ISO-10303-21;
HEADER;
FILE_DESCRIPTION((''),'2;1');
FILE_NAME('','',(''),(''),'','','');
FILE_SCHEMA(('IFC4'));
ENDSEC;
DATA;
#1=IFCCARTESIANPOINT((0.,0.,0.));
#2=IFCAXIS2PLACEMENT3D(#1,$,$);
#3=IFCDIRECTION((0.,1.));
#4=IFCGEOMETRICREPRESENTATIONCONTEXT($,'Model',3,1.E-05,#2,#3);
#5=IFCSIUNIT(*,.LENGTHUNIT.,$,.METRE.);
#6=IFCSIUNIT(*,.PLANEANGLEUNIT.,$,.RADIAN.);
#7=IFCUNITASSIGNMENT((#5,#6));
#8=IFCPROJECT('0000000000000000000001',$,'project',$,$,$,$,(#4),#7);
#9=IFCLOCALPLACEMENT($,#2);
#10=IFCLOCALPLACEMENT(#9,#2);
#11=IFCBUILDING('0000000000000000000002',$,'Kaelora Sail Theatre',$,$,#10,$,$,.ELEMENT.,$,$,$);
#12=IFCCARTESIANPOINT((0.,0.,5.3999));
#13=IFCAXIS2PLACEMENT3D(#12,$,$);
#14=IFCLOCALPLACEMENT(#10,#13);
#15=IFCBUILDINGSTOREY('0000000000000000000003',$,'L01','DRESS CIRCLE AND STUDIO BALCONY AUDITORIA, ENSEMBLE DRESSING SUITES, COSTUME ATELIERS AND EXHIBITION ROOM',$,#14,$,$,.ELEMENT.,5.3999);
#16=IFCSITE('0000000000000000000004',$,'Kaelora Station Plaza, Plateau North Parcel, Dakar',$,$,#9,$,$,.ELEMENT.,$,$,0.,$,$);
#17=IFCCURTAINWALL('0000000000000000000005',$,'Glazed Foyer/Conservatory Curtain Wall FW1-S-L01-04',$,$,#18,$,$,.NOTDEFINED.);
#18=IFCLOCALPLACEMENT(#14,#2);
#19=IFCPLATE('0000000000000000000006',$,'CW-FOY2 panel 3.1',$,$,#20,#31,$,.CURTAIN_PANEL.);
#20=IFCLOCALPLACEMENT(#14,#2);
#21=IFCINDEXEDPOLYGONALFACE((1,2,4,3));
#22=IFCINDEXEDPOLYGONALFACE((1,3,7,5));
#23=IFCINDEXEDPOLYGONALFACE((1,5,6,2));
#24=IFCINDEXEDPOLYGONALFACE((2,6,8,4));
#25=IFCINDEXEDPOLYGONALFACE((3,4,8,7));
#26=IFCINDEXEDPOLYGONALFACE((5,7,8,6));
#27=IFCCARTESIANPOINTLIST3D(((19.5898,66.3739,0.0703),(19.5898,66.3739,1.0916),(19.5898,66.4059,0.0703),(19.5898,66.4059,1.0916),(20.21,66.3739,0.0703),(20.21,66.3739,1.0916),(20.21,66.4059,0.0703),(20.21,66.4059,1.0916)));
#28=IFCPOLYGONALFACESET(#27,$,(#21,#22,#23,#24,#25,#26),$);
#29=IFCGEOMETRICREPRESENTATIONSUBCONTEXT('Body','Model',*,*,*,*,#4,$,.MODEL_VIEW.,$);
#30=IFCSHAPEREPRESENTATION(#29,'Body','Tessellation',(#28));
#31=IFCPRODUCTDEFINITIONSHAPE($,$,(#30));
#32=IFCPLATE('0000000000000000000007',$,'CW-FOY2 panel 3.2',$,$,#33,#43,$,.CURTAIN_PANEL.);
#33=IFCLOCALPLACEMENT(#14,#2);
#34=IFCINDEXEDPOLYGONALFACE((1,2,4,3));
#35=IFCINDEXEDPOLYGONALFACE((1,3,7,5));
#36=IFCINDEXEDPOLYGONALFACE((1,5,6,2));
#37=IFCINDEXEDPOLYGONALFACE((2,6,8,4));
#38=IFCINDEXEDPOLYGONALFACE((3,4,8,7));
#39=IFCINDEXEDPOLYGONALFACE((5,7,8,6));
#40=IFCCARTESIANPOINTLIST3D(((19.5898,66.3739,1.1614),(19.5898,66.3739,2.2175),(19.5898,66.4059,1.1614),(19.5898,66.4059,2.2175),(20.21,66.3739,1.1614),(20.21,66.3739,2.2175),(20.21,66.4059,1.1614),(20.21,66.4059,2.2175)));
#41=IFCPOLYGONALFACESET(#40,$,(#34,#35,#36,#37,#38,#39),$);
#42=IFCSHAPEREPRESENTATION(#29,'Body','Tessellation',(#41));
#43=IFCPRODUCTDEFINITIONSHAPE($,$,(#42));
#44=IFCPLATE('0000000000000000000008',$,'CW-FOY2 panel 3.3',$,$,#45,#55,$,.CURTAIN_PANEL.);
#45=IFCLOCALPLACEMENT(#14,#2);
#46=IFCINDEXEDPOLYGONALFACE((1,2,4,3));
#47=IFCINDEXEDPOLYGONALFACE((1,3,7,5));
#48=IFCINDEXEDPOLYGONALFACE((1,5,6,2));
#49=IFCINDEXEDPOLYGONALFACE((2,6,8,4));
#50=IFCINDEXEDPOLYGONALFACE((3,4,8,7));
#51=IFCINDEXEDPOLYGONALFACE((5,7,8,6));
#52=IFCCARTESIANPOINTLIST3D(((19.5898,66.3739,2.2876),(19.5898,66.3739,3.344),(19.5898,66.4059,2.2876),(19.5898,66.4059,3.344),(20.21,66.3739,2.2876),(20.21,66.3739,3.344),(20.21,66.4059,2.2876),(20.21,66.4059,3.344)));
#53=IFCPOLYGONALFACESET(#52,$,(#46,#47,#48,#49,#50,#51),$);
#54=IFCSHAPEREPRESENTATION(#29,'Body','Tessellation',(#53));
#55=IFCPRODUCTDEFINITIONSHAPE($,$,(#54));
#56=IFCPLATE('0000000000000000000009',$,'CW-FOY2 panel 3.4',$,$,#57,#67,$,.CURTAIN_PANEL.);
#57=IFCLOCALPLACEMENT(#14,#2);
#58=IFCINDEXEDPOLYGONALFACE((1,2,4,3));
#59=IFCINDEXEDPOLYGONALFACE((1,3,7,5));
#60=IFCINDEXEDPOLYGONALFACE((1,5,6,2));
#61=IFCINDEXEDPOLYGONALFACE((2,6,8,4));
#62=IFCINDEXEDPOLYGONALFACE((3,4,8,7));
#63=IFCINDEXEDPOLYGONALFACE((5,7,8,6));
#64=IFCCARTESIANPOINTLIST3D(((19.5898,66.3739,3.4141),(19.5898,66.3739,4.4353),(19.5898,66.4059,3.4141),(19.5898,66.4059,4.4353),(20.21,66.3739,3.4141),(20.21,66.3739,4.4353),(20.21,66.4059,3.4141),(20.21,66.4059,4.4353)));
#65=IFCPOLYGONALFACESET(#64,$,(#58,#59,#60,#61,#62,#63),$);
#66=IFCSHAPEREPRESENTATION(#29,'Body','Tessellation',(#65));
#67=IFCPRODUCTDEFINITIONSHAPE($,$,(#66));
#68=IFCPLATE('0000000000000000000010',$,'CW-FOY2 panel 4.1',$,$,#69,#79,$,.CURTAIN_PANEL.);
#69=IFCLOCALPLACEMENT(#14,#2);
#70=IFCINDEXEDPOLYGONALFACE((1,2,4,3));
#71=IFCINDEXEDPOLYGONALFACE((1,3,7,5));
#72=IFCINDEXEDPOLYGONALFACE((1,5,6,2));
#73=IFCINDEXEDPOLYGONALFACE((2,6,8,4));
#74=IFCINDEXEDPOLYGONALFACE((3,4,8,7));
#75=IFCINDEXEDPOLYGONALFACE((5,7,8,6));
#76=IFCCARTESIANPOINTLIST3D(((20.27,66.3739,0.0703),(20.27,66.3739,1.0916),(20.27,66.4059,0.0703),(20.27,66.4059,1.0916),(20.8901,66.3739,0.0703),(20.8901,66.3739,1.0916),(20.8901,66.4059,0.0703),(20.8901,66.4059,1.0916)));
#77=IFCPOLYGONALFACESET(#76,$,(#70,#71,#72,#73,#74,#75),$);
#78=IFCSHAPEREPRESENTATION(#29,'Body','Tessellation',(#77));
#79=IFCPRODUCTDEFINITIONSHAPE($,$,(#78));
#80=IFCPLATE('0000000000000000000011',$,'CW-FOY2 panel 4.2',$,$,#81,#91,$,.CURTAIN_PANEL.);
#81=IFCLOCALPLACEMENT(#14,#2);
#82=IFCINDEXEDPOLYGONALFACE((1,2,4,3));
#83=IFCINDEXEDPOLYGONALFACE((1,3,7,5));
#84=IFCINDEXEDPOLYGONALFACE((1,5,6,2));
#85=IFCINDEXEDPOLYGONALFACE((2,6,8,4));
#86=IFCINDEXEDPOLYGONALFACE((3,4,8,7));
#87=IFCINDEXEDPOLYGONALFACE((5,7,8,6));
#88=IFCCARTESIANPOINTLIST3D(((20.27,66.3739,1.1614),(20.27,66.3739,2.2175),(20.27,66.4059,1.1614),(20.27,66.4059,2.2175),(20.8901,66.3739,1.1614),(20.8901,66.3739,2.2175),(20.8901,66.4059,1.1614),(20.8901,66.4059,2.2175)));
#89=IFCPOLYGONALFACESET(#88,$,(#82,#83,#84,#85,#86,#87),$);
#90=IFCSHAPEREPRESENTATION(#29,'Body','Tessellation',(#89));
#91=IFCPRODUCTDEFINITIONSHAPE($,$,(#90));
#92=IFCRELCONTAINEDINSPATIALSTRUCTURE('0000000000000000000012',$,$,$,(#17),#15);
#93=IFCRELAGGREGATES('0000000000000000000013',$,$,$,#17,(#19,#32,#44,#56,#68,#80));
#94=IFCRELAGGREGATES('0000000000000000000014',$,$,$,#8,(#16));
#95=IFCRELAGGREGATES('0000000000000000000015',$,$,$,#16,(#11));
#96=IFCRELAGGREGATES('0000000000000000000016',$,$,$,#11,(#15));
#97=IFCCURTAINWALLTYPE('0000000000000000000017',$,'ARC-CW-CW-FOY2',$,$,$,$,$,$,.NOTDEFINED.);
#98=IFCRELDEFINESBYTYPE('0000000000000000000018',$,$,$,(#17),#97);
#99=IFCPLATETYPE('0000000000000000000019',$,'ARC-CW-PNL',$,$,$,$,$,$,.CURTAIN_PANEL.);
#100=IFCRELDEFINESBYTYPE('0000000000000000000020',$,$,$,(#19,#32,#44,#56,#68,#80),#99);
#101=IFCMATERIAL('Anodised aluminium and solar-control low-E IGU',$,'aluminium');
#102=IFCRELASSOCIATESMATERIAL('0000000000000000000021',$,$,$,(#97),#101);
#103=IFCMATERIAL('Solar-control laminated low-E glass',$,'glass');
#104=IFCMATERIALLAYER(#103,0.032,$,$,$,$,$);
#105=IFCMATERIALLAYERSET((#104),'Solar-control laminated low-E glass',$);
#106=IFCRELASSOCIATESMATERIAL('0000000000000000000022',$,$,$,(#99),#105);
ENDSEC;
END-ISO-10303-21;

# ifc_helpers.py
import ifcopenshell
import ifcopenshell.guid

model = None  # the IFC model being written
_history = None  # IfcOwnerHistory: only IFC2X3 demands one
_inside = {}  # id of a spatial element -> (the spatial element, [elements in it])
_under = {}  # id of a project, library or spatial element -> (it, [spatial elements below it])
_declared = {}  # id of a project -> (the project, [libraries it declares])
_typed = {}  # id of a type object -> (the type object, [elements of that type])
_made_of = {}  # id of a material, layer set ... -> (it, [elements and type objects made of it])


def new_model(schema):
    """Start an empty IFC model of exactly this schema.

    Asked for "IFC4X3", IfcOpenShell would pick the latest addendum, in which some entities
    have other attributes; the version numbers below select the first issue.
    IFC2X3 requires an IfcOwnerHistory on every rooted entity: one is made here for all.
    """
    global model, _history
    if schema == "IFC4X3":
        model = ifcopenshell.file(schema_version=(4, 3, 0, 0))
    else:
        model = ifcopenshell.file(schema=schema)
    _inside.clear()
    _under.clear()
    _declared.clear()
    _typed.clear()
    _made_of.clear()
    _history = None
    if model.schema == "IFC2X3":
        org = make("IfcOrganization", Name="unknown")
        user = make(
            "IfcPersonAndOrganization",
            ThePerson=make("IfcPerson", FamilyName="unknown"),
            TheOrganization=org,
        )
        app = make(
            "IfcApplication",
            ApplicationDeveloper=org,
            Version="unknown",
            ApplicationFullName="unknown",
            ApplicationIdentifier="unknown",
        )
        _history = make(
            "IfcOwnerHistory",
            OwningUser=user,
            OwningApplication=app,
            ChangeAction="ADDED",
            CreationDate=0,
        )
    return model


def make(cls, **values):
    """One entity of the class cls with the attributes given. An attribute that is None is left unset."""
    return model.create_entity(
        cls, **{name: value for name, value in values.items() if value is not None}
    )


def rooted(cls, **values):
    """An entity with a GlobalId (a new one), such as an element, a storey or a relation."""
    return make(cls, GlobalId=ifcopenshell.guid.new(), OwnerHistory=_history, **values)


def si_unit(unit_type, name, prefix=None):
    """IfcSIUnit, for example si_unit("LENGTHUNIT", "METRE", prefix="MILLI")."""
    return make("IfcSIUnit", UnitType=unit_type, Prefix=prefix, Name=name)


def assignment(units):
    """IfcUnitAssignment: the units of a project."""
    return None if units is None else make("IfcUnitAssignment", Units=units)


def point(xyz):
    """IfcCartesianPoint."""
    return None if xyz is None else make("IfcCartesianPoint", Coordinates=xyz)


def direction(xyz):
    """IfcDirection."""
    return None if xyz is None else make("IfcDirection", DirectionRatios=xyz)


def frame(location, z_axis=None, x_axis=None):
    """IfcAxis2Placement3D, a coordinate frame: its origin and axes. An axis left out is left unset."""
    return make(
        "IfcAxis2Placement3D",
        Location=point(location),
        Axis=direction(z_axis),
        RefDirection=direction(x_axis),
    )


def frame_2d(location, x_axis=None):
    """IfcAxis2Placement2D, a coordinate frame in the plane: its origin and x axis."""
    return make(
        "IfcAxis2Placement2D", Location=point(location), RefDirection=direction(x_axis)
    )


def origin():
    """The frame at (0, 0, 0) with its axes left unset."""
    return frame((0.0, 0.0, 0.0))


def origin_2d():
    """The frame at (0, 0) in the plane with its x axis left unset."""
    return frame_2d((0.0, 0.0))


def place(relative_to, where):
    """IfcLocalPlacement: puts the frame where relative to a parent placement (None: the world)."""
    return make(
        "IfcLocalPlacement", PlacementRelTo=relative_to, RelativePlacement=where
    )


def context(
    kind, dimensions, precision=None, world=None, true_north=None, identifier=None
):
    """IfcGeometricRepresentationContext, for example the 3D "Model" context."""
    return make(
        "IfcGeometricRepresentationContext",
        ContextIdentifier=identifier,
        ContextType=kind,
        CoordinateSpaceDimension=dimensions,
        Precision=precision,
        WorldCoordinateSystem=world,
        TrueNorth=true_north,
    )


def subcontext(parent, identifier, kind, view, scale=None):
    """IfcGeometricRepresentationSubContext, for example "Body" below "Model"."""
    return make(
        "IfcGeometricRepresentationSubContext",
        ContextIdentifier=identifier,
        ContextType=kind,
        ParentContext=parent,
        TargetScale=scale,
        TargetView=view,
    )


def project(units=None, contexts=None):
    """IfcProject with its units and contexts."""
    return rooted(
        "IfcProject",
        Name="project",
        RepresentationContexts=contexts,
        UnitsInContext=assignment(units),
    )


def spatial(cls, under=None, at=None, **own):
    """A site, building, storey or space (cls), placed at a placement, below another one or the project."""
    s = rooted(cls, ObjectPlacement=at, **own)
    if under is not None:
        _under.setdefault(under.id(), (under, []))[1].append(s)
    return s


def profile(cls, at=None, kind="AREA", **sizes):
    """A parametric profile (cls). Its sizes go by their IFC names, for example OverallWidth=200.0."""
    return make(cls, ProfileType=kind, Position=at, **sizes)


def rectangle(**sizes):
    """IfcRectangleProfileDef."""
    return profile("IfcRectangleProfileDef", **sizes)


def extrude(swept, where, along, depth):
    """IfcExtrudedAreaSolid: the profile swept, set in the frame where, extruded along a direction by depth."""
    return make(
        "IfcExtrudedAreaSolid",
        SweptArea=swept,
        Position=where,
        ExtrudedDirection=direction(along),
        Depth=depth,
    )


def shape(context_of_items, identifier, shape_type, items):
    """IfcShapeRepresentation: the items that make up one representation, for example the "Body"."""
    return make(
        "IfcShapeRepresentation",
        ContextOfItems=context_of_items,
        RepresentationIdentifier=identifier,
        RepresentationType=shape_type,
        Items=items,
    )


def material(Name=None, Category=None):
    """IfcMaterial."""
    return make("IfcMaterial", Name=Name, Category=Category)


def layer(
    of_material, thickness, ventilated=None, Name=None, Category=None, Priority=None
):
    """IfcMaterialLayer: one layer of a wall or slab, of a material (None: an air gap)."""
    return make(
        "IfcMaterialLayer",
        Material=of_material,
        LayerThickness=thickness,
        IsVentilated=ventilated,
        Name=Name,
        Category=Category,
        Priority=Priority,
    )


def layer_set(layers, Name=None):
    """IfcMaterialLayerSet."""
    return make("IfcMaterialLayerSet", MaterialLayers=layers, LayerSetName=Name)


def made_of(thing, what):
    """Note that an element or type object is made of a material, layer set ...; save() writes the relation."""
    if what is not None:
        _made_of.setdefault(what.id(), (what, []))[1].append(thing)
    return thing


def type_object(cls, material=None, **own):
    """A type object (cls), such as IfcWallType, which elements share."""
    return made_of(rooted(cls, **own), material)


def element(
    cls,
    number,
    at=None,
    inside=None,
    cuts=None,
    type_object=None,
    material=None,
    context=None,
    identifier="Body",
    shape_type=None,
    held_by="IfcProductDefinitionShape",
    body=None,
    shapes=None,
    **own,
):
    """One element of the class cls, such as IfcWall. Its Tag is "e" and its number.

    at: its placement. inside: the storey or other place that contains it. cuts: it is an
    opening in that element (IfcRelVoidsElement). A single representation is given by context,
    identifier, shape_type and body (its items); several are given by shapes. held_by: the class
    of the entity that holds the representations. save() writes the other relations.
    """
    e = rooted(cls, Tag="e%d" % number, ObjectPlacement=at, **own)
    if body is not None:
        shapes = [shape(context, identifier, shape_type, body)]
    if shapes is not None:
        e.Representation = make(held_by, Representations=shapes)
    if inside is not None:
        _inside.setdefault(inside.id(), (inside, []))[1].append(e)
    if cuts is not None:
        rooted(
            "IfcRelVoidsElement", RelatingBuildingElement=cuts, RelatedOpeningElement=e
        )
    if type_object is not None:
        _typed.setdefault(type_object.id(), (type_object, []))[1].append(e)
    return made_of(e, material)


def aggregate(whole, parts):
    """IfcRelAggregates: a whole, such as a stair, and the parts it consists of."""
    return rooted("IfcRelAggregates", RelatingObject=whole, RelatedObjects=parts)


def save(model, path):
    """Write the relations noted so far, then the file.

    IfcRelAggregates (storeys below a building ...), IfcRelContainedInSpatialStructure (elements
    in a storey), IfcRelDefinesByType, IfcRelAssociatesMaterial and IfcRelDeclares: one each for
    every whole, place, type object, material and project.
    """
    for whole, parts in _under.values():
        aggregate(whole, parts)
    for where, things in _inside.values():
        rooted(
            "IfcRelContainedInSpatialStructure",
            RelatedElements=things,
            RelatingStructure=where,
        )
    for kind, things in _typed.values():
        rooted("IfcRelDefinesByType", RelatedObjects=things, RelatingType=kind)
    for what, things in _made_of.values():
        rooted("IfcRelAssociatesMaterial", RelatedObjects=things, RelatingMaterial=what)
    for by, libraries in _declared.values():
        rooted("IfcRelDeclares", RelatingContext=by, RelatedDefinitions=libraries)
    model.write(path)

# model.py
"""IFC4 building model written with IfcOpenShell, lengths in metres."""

from ifc_helpers import new_model, si_unit, direction, frame, origin, origin_2d, place, context, subcontext, project, spatial, rectangle, extrude, material, layer, layer_set, type_object, element, aggregate, save


model = new_model("IFC4")

# Units and contexts
model_context = context("Model", 3, precision=1e-05, world=origin(), true_north=direction((0.0, 1.0)))
body_context = subcontext(model_context, "Body", "Model", "MODEL_VIEW")
ifc_project = project(units=[si_unit("LENGTHUNIT", "METRE"), si_unit("PLANEANGLEUNIT", "RADIAN")], contexts=[model_context])

# Site, building, storey
site_placement = place(None, origin())
site = spatial("IfcSite", under=ifc_project, at=site_placement, Name="Kaelora Station Plaza, Plateau North Parcel, Dakar", CompositionType="ELEMENT", RefElevation=0.0)
building_placement = place(site_placement, origin())
building = spatial("IfcBuilding", under=site, at=building_placement, Name="Kaelora Sail Theatre", CompositionType="ELEMENT")
storey_placement = place(building_placement, frame((0.0, 0.0, 5.3999)))
storey = spatial("IfcBuildingStorey", under=building, at=storey_placement, Name="L01", Description="DRESS CIRCLE AND STUDIO BALCONY AUDITORIA, ENSEMBLE DRESSING SUITES, COSTUME ATELIERS AND EXHIBITION ROOM", CompositionType="ELEMENT", Elevation=5.3999)

# Curtain wall, plates
ifc_material_1 = material(Name="Anodised aluminium and solar-control low-E IGU", Category="aluminium")
curtain_wall_type = type_object("IfcCurtainWallType", Name="ARC-CW-CW-FOY2", PredefinedType="NOTDEFINED", material=ifc_material_1)
curtain_wall_placement = place(storey_placement, origin())
curtain_wall = element("IfcCurtainWall", 1, at=curtain_wall_placement, inside=storey, type_object=curtain_wall_type, Name="Glazed Foyer/Conservatory Curtain Wall FW1-S-L01-04", PredefinedType="NOTDEFINED")
ifc_material_2 = material(Name="Solar-control laminated low-E glass", Category="glass")
ifc_layer = layer(ifc_material_2, 0.032)
ifc_layer_set = layer_set([ifc_layer], Name="Solar-control laminated low-E glass")
plate_type = type_object("IfcPlateType", Name="ARC-CW-PNL", PredefinedType="CURTAIN_PANEL", material=ifc_layer_set)
plate_1_placement = place(storey_placement, frame((19.8999, 66.3899, 0.0703), z_axis=(0.0, 0.0, 1.0), x_axis=(1.0, 0.0, 0.0)))
plate_1 = element("IfcPlate", 2, at=plate_1_placement, type_object=plate_type, Name="CW-FOY2 panel 3.1", PredefinedType="CURTAIN_PANEL", context=body_context, shape_type="SweptSolid", body=[
    extrude(rectangle(XDim=0.6201, YDim=0.032, at=origin_2d()), origin(), (0.0, 0.0, 1.0), 1.0212),
])
plate_2_placement = place(storey_placement, frame((19.8999, 66.3899, 1.1614), z_axis=(0.0, 0.0, 1.0), x_axis=(1.0, 0.0, 0.0)))
plate_2 = element("IfcPlate", 3, at=plate_2_placement, type_object=plate_type, Name="CW-FOY2 panel 3.2", PredefinedType="CURTAIN_PANEL", context=body_context, shape_type="SweptSolid", body=[
    extrude(rectangle(XDim=0.6201, YDim=0.032, at=origin_2d()), origin(), (0.0, 0.0, 1.0), 1.0562),
])
plate_3_placement = place(storey_placement, frame((19.8999, 66.3899, 2.2876), z_axis=(0.0, 0.0, 1.0), x_axis=(1.0, 0.0, 0.0)))
plate_3 = element("IfcPlate", 4, at=plate_3_placement, type_object=plate_type, Name="CW-FOY2 panel 3.3", PredefinedType="CURTAIN_PANEL", context=body_context, shape_type="SweptSolid", body=[
    extrude(rectangle(XDim=0.6201, YDim=0.032, at=origin_2d()), origin(), (0.0, 0.0, 1.0), 1.0564),
])
plate_4_placement = place(storey_placement, frame((19.8999, 66.3899, 3.4141), z_axis=(0.0, 0.0, 1.0), x_axis=(1.0, 0.0, 0.0)))
plate_4 = element("IfcPlate", 5, at=plate_4_placement, type_object=plate_type, Name="CW-FOY2 panel 3.4", PredefinedType="CURTAIN_PANEL", context=body_context, shape_type="SweptSolid", body=[
    extrude(rectangle(XDim=0.6201, YDim=0.032, at=origin_2d()), origin(), (0.0, 0.0, 1.0), 1.0212),
])
plate_5_placement = place(storey_placement, frame((20.5801, 66.3899, 0.0703), z_axis=(0.0, 0.0, 1.0), x_axis=(1.0, 0.0, 0.0)))
plate_5 = element("IfcPlate", 6, at=plate_5_placement, type_object=plate_type, Name="CW-FOY2 panel 4.1", PredefinedType="CURTAIN_PANEL", context=body_context, shape_type="SweptSolid", body=[
    extrude(rectangle(XDim=0.6201, YDim=0.032, at=origin_2d()), origin(), (0.0, 0.0, 1.0), 1.0212),
])
plate_6_placement = place(storey_placement, frame((20.5801, 66.3899, 1.1614), z_axis=(0.0, 0.0, 1.0), x_axis=(1.0, 0.0, 0.0)))
plate_6 = element("IfcPlate", 7, at=plate_6_placement, type_object=plate_type, Name="CW-FOY2 panel 4.2", PredefinedType="CURTAIN_PANEL", context=body_context, shape_type="SweptSolid", body=[
    extrude(rectangle(XDim=0.6201, YDim=0.032, at=origin_2d()), origin(), (0.0, 0.0, 1.0), 1.0562),
])
aggregate(curtain_wall, [plate_1, plate_2, plate_3, plate_4, plate_5, plate_6])

save(model, "model.ifc")
